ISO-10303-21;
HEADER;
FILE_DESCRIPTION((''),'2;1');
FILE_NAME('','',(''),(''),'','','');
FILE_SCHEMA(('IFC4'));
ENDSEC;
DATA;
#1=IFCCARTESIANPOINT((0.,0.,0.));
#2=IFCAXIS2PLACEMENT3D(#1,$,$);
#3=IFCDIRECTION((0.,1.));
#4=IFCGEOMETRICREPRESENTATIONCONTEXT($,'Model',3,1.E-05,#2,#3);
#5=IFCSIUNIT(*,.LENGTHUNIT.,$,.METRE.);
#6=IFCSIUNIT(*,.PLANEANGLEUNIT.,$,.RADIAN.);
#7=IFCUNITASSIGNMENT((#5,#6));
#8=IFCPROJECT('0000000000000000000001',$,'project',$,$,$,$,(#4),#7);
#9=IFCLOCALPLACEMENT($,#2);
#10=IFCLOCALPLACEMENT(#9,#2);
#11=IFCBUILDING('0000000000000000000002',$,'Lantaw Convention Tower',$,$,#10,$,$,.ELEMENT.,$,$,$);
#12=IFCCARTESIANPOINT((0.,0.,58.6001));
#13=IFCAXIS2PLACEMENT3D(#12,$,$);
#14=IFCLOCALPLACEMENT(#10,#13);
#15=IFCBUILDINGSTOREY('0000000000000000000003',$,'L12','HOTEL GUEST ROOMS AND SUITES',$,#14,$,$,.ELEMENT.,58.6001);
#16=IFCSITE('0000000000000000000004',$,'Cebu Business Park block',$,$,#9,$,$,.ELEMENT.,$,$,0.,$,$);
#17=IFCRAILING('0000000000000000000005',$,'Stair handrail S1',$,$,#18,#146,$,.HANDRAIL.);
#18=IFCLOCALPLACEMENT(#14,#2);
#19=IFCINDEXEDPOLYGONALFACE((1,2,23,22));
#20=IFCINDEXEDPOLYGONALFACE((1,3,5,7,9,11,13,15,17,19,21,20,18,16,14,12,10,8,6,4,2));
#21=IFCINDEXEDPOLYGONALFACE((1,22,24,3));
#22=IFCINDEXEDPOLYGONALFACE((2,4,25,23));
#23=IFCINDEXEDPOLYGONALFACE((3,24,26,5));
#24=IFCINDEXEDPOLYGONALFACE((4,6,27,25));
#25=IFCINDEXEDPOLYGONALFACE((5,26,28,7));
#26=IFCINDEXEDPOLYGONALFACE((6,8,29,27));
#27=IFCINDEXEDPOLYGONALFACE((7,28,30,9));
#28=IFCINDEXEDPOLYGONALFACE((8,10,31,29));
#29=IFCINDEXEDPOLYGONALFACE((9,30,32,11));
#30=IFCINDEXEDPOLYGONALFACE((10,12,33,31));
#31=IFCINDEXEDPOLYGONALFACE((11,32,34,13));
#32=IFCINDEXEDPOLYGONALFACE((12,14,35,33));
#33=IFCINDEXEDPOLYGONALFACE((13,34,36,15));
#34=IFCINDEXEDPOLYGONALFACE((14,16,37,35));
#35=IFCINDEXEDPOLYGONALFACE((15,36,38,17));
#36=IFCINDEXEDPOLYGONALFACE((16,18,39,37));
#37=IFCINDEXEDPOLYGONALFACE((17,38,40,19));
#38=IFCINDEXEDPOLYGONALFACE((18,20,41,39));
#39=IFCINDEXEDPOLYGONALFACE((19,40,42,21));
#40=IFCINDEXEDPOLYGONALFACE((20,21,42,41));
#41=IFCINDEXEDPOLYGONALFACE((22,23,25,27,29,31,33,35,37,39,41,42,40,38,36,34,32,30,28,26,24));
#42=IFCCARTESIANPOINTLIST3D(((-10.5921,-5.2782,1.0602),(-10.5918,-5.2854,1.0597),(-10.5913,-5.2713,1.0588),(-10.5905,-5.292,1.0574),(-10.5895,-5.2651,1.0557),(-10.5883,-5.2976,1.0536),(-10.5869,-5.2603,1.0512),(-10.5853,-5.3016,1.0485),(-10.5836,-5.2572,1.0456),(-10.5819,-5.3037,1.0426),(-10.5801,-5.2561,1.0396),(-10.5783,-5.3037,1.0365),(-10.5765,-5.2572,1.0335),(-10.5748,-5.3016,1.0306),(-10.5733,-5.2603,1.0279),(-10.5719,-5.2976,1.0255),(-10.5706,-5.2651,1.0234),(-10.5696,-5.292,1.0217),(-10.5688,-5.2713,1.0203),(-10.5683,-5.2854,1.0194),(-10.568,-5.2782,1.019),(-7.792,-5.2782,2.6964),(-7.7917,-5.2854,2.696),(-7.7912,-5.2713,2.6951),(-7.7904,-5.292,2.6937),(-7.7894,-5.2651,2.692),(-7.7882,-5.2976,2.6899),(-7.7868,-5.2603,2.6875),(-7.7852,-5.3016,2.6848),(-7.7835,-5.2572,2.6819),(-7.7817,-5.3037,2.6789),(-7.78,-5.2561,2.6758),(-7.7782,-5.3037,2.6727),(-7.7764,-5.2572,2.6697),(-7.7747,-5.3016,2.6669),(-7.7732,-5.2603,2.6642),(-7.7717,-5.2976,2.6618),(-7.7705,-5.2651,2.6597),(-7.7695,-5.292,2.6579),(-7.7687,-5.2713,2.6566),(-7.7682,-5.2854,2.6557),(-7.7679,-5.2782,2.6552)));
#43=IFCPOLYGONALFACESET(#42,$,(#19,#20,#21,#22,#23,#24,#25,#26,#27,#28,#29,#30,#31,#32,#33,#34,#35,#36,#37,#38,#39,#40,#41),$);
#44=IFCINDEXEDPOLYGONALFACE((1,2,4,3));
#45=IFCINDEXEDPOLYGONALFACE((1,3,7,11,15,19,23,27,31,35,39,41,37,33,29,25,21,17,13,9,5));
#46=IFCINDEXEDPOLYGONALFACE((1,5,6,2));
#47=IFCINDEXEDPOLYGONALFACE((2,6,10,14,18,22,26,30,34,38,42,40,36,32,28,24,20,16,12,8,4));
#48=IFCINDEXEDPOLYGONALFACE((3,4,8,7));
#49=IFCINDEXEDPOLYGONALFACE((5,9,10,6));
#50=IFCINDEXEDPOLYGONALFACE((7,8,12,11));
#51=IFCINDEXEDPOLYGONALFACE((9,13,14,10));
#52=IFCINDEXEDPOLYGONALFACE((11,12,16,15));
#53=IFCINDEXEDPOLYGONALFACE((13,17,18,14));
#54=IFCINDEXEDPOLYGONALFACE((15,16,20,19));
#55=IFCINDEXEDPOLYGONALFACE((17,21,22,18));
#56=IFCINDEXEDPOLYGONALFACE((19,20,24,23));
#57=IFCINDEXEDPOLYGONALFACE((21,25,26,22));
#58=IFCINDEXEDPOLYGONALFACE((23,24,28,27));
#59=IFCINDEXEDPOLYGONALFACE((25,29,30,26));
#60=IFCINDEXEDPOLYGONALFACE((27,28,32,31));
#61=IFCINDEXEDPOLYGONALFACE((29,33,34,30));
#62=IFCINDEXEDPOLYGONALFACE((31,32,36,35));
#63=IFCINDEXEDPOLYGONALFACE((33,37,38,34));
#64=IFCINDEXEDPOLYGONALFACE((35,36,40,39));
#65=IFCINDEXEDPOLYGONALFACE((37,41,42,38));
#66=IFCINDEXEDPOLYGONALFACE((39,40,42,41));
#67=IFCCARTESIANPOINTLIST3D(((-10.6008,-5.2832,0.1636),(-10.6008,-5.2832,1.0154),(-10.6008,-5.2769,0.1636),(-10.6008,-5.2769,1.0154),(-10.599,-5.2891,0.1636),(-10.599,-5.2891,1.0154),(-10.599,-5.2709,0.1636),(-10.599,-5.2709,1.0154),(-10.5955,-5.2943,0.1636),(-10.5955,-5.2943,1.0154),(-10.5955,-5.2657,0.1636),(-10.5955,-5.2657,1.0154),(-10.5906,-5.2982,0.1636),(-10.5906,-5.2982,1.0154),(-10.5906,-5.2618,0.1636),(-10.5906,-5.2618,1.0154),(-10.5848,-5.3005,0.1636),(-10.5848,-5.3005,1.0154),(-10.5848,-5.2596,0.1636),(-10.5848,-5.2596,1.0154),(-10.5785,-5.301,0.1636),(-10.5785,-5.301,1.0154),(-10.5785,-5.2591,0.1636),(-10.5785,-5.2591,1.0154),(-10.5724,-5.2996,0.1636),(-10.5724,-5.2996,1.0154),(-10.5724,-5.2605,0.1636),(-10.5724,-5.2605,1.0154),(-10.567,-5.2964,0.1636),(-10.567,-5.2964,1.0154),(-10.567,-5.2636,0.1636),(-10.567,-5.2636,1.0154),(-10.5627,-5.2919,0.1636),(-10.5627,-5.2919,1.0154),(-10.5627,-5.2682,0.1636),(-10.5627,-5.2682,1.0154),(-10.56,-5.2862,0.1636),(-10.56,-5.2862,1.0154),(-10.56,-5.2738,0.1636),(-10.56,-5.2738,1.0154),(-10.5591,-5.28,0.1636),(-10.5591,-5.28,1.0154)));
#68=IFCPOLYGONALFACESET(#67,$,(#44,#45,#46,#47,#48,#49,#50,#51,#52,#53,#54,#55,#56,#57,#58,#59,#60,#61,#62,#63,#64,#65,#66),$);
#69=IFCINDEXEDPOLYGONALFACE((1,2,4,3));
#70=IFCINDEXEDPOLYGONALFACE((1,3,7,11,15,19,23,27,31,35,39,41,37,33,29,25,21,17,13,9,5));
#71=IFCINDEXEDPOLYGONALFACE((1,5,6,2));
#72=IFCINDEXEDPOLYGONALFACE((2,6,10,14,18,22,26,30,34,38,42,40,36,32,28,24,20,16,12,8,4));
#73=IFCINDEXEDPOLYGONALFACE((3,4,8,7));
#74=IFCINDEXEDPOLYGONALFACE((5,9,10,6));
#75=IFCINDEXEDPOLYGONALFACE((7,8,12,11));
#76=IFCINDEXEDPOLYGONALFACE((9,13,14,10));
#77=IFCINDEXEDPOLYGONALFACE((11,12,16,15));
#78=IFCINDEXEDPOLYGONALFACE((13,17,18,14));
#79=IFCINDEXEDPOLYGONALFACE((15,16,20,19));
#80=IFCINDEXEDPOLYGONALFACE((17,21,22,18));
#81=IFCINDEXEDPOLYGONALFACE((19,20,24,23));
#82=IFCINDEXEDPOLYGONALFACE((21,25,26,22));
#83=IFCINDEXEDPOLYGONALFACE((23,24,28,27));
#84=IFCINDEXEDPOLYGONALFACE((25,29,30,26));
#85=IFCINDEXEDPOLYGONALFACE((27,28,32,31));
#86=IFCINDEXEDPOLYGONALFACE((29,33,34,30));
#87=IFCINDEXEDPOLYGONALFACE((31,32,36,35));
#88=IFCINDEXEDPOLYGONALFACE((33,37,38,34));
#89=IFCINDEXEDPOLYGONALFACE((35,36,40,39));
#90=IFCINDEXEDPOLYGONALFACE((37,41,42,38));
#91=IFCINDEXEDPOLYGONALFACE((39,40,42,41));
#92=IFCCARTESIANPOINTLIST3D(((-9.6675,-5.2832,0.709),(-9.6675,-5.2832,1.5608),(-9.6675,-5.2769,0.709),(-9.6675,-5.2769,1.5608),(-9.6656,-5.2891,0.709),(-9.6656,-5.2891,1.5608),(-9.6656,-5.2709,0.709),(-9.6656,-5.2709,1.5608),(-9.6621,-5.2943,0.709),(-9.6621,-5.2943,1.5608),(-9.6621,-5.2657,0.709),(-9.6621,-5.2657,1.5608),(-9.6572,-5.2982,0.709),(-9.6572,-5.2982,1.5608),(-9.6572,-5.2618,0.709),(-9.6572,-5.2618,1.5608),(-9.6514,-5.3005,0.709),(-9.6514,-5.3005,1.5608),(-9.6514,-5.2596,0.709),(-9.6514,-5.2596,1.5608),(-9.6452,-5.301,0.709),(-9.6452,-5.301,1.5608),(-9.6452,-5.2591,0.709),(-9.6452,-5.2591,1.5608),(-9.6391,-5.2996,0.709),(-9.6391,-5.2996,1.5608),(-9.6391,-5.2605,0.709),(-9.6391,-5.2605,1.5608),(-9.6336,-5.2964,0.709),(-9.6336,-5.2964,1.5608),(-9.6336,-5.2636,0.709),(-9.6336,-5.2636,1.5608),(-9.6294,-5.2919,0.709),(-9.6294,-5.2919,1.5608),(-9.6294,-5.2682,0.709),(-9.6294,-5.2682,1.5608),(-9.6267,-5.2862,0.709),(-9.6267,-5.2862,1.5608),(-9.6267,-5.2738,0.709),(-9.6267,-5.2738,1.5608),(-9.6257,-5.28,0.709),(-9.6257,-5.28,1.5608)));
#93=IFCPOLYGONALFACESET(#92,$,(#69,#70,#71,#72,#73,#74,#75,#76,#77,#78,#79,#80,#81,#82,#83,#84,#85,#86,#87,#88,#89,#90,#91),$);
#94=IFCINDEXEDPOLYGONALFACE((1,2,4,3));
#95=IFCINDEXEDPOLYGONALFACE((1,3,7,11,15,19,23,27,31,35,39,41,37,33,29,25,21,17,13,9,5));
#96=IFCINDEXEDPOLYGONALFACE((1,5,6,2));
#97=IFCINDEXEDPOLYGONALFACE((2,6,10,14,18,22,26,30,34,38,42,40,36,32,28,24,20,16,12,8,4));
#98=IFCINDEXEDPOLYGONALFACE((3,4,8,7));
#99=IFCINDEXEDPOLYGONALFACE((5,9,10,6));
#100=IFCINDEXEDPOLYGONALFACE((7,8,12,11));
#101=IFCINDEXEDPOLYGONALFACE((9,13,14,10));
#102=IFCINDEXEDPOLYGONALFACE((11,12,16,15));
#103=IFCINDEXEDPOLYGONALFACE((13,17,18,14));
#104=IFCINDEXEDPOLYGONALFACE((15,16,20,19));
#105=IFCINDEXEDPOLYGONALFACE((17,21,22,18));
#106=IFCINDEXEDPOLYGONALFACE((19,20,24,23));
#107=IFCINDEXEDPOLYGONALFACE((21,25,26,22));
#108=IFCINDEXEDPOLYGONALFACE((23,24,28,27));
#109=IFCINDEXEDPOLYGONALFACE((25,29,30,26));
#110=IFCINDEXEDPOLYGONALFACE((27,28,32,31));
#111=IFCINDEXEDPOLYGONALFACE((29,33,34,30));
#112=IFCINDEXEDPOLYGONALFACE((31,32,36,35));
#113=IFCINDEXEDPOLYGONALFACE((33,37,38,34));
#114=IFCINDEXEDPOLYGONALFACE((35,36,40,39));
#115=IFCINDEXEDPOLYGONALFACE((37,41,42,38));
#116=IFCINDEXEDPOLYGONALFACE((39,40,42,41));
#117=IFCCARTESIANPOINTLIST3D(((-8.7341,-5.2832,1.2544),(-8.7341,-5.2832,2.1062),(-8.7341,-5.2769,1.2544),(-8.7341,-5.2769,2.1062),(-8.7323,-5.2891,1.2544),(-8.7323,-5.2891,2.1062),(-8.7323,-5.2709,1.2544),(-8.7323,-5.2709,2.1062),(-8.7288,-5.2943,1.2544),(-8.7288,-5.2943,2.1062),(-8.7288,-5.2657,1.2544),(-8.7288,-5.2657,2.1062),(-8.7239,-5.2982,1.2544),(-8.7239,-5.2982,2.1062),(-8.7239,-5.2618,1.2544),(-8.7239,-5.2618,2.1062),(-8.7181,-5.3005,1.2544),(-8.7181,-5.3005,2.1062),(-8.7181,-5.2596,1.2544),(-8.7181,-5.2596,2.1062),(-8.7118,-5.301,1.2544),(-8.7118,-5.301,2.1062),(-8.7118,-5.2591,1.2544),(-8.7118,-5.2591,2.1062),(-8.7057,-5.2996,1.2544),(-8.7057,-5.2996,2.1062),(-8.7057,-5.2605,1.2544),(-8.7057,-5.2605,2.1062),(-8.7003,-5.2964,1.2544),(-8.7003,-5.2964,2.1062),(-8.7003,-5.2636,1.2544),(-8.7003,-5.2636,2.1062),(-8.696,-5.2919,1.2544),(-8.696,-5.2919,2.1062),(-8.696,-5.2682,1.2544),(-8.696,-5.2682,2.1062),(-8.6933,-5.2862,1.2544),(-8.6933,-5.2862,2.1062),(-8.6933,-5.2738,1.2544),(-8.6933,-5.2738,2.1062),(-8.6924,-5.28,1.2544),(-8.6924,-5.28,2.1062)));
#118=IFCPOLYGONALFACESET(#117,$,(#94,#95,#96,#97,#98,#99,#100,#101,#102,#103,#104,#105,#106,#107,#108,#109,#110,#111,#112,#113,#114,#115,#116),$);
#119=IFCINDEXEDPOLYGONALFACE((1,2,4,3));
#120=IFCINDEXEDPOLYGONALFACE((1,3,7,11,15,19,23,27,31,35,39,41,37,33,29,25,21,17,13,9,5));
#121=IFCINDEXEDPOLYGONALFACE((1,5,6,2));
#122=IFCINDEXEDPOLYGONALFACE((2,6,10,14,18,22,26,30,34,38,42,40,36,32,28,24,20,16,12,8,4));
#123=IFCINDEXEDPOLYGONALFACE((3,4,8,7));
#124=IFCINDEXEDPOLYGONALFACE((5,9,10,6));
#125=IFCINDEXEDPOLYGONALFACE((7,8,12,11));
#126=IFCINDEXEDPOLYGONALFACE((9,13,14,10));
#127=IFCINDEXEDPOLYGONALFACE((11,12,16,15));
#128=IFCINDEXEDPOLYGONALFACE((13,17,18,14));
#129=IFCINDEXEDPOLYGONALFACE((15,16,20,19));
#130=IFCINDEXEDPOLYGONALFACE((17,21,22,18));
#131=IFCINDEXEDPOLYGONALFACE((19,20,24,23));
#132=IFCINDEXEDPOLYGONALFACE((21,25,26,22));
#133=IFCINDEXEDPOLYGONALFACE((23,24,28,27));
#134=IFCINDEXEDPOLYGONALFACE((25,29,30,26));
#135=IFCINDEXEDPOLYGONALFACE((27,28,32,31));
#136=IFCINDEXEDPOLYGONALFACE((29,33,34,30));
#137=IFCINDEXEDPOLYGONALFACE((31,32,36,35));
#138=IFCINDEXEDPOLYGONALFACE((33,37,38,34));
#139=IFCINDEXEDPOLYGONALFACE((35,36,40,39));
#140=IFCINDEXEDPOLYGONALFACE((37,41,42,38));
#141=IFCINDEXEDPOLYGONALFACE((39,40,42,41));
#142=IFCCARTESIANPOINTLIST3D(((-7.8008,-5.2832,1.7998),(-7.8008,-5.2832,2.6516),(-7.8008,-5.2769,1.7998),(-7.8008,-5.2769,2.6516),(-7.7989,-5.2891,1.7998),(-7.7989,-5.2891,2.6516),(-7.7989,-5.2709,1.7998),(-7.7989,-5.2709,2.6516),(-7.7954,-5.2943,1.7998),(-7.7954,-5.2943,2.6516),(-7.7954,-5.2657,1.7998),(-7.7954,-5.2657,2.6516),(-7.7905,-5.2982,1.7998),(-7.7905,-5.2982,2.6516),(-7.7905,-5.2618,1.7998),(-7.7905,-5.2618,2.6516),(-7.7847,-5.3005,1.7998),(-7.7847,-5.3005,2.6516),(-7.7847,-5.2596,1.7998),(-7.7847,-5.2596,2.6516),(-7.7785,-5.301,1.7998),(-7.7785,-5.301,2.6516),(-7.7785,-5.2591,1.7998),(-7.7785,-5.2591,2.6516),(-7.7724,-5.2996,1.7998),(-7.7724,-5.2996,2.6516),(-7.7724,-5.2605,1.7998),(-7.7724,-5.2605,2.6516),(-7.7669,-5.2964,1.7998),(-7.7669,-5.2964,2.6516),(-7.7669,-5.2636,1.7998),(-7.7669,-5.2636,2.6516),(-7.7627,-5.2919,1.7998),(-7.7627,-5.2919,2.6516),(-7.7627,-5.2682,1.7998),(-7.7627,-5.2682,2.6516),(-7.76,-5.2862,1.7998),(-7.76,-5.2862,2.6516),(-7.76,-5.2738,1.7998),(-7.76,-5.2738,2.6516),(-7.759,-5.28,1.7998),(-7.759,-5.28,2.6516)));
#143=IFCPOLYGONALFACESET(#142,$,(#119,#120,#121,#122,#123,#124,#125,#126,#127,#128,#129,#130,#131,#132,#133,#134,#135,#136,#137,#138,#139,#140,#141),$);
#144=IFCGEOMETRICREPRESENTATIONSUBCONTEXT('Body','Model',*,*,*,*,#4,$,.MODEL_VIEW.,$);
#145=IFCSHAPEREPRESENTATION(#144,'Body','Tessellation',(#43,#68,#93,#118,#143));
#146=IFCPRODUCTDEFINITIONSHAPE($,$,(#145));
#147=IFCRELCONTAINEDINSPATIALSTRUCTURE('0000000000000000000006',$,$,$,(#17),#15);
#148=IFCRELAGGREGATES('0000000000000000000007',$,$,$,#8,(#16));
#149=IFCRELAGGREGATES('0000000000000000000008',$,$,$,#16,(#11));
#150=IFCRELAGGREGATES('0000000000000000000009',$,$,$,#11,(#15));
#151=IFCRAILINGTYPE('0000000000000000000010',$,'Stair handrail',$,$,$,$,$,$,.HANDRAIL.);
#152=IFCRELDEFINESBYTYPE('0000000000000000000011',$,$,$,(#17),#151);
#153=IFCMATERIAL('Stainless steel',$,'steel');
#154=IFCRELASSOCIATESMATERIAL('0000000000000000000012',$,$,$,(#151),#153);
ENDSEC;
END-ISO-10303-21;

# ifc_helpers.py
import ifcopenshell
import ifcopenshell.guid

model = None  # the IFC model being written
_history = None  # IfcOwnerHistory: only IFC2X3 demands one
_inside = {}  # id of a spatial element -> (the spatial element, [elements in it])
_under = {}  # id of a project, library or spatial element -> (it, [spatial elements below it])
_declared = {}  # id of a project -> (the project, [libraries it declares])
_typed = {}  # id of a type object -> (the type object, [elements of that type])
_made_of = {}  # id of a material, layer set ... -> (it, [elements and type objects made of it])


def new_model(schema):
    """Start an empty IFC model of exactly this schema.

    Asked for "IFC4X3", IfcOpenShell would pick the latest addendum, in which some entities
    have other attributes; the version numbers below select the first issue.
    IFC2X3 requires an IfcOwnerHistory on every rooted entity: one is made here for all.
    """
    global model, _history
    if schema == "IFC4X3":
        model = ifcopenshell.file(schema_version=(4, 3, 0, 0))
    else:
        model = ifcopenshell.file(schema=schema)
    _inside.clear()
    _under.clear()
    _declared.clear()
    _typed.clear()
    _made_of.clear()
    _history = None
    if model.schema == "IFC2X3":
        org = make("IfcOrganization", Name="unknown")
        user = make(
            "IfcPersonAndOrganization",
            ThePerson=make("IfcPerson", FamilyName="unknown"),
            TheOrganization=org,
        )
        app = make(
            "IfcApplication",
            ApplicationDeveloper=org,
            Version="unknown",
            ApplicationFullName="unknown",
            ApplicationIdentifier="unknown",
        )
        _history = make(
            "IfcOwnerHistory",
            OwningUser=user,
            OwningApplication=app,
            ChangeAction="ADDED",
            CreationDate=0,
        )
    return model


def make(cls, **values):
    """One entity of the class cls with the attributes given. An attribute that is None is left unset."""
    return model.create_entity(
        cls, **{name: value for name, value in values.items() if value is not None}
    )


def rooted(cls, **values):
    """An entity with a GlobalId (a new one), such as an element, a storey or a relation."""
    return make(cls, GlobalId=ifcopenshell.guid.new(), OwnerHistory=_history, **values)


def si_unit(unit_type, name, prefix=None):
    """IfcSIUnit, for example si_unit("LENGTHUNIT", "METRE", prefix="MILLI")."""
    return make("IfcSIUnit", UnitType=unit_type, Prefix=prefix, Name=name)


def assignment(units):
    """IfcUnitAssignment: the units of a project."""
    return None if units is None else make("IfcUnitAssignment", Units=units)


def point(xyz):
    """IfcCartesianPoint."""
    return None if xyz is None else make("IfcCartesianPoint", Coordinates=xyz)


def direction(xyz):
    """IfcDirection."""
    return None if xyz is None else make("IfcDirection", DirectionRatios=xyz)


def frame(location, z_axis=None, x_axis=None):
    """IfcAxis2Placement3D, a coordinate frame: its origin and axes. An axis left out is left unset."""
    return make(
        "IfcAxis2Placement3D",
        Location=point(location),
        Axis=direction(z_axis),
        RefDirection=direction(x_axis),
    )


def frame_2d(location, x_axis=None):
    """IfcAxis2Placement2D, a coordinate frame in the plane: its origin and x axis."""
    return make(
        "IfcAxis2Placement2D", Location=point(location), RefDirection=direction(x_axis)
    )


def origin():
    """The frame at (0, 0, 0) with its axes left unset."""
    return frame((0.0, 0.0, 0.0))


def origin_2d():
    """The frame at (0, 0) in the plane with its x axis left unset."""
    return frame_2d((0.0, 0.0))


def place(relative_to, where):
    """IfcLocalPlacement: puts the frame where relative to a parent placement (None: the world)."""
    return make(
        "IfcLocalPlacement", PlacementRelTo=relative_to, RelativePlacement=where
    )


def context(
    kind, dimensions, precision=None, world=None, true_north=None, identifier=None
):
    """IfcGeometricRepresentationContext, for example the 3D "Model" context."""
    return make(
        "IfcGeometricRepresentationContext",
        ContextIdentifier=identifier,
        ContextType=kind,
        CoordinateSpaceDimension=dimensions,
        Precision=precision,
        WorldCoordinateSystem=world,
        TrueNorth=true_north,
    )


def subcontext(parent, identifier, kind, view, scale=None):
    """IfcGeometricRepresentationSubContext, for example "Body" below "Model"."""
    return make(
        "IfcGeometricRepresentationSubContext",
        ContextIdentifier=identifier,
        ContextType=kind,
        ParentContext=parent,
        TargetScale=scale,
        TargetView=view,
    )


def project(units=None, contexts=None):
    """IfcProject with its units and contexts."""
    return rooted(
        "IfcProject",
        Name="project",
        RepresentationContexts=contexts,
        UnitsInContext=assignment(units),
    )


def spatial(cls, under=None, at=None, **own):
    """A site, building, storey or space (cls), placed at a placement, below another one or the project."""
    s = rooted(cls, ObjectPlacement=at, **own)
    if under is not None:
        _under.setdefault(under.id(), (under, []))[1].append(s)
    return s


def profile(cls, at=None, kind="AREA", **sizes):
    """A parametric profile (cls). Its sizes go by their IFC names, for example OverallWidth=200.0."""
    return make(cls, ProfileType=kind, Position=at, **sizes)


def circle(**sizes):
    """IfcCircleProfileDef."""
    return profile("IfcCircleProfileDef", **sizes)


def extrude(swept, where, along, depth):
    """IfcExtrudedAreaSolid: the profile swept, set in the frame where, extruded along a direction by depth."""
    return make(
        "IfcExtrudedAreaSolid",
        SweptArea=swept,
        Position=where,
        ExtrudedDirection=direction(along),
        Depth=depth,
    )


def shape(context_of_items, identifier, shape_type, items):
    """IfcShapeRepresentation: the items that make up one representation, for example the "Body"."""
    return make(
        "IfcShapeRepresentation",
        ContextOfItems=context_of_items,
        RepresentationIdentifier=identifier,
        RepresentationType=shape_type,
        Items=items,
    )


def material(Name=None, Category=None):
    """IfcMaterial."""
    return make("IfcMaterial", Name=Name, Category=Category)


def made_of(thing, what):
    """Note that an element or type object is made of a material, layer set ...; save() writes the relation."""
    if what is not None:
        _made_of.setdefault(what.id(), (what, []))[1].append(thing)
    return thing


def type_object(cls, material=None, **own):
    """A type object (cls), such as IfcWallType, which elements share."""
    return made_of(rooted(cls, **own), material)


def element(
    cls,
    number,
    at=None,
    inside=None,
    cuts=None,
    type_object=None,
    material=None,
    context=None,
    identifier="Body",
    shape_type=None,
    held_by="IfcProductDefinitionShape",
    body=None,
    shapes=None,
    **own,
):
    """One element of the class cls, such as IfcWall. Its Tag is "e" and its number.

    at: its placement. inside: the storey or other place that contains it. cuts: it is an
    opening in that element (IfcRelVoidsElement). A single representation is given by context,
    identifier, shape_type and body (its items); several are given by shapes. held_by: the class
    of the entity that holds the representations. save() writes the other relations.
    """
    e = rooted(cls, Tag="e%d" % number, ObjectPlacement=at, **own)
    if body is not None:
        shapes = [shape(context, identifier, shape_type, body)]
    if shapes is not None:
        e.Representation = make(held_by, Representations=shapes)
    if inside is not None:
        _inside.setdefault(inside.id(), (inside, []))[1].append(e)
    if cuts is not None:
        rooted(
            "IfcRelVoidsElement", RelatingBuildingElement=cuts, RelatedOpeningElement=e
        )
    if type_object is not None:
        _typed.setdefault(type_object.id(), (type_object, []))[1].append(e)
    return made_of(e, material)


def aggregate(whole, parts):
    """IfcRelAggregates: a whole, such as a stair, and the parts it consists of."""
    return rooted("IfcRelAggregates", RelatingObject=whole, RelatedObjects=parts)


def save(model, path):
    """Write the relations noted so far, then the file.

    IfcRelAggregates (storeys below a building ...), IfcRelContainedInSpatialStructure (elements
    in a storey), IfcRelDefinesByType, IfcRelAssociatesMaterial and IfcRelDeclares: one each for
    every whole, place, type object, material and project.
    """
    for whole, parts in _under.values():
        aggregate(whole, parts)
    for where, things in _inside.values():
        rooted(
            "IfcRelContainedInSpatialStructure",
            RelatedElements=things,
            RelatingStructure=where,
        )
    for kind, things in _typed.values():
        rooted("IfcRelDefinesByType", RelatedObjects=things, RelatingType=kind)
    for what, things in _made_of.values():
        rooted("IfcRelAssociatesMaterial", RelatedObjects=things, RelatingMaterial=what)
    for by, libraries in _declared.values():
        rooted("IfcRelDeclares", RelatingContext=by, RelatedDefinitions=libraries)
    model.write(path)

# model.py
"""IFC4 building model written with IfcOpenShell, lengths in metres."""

from ifc_helpers import new_model, si_unit, direction, frame, origin, origin_2d, place, context, subcontext, project, spatial, circle, extrude, material, type_object, element, save


model = new_model("IFC4")

# Units and contexts
model_context = context("Model", 3, precision=1e-05, world=origin(), true_north=direction((0.0, 1.0)))
body_context = subcontext(model_context, "Body", "Model", "MODEL_VIEW")
ifc_project = project(units=[si_unit("LENGTHUNIT", "METRE"), si_unit("PLANEANGLEUNIT", "RADIAN")], contexts=[model_context])

# Site, building, storey
site_placement = place(None, origin())
site = spatial("IfcSite", under=ifc_project, at=site_placement, Name="Cebu Business Park block", CompositionType="ELEMENT", RefElevation=0.0)
building_placement = place(site_placement, origin())
building = spatial("IfcBuilding", under=site, at=building_placement, Name="Lantaw Convention Tower", CompositionType="ELEMENT")
storey_placement = place(building_placement, frame((0.0, 0.0, 58.6001)))
storey = spatial("IfcBuildingStorey", under=building, at=storey_placement, Name="L12", Description="HOTEL GUEST ROOMS AND SUITES", CompositionType="ELEMENT", Elevation=58.6001)

# Shared definitions
ifc_material_1 = material(Name="Stainless steel", Category="steel")

# Railing
railing_type = type_object("IfcRailingType", Name="Stair handrail", PredefinedType="HANDRAIL", material=ifc_material_1)
railing_1_placement = place(storey_placement, frame((-10.5801, -5.28, 0.1636)))
element("IfcRailing", 1, at=railing_1_placement, inside=storey, type_object=railing_type, Name="Stair handrail S1", PredefinedType="HANDRAIL", context=body_context, shape_type="SweptSolid", body=[
    extrude(circle(Radius=0.0239, at=origin_2d()), frame((0.0, 0.0, 0.876), z_axis=(0.863394, 0.0, 0.504531), x_axis=(0.0, 1.0, 0.0)), (0.0, 0.0, 1.0), 3.2432),
    extrude(circle(Radius=0.021, at=origin_2d()), origin(), (0.0, 0.0, 1.0), 0.8518),
    extrude(circle(Radius=0.021, at=origin_2d()), frame((0.9333, 0.0, 0.5454)), (0.0, 0.0, 1.0), 0.8518),
    extrude(circle(Radius=0.021, at=origin_2d()), frame((1.8667, 0.0, 1.0908)), (0.0, 0.0, 1.0), 0.8518),
    extrude(circle(Radius=0.021, at=origin_2d()), frame((2.8, 0.0, 1.6362)), (0.0, 0.0, 1.0), 0.8518),
])

save(model, "model.ifc")
